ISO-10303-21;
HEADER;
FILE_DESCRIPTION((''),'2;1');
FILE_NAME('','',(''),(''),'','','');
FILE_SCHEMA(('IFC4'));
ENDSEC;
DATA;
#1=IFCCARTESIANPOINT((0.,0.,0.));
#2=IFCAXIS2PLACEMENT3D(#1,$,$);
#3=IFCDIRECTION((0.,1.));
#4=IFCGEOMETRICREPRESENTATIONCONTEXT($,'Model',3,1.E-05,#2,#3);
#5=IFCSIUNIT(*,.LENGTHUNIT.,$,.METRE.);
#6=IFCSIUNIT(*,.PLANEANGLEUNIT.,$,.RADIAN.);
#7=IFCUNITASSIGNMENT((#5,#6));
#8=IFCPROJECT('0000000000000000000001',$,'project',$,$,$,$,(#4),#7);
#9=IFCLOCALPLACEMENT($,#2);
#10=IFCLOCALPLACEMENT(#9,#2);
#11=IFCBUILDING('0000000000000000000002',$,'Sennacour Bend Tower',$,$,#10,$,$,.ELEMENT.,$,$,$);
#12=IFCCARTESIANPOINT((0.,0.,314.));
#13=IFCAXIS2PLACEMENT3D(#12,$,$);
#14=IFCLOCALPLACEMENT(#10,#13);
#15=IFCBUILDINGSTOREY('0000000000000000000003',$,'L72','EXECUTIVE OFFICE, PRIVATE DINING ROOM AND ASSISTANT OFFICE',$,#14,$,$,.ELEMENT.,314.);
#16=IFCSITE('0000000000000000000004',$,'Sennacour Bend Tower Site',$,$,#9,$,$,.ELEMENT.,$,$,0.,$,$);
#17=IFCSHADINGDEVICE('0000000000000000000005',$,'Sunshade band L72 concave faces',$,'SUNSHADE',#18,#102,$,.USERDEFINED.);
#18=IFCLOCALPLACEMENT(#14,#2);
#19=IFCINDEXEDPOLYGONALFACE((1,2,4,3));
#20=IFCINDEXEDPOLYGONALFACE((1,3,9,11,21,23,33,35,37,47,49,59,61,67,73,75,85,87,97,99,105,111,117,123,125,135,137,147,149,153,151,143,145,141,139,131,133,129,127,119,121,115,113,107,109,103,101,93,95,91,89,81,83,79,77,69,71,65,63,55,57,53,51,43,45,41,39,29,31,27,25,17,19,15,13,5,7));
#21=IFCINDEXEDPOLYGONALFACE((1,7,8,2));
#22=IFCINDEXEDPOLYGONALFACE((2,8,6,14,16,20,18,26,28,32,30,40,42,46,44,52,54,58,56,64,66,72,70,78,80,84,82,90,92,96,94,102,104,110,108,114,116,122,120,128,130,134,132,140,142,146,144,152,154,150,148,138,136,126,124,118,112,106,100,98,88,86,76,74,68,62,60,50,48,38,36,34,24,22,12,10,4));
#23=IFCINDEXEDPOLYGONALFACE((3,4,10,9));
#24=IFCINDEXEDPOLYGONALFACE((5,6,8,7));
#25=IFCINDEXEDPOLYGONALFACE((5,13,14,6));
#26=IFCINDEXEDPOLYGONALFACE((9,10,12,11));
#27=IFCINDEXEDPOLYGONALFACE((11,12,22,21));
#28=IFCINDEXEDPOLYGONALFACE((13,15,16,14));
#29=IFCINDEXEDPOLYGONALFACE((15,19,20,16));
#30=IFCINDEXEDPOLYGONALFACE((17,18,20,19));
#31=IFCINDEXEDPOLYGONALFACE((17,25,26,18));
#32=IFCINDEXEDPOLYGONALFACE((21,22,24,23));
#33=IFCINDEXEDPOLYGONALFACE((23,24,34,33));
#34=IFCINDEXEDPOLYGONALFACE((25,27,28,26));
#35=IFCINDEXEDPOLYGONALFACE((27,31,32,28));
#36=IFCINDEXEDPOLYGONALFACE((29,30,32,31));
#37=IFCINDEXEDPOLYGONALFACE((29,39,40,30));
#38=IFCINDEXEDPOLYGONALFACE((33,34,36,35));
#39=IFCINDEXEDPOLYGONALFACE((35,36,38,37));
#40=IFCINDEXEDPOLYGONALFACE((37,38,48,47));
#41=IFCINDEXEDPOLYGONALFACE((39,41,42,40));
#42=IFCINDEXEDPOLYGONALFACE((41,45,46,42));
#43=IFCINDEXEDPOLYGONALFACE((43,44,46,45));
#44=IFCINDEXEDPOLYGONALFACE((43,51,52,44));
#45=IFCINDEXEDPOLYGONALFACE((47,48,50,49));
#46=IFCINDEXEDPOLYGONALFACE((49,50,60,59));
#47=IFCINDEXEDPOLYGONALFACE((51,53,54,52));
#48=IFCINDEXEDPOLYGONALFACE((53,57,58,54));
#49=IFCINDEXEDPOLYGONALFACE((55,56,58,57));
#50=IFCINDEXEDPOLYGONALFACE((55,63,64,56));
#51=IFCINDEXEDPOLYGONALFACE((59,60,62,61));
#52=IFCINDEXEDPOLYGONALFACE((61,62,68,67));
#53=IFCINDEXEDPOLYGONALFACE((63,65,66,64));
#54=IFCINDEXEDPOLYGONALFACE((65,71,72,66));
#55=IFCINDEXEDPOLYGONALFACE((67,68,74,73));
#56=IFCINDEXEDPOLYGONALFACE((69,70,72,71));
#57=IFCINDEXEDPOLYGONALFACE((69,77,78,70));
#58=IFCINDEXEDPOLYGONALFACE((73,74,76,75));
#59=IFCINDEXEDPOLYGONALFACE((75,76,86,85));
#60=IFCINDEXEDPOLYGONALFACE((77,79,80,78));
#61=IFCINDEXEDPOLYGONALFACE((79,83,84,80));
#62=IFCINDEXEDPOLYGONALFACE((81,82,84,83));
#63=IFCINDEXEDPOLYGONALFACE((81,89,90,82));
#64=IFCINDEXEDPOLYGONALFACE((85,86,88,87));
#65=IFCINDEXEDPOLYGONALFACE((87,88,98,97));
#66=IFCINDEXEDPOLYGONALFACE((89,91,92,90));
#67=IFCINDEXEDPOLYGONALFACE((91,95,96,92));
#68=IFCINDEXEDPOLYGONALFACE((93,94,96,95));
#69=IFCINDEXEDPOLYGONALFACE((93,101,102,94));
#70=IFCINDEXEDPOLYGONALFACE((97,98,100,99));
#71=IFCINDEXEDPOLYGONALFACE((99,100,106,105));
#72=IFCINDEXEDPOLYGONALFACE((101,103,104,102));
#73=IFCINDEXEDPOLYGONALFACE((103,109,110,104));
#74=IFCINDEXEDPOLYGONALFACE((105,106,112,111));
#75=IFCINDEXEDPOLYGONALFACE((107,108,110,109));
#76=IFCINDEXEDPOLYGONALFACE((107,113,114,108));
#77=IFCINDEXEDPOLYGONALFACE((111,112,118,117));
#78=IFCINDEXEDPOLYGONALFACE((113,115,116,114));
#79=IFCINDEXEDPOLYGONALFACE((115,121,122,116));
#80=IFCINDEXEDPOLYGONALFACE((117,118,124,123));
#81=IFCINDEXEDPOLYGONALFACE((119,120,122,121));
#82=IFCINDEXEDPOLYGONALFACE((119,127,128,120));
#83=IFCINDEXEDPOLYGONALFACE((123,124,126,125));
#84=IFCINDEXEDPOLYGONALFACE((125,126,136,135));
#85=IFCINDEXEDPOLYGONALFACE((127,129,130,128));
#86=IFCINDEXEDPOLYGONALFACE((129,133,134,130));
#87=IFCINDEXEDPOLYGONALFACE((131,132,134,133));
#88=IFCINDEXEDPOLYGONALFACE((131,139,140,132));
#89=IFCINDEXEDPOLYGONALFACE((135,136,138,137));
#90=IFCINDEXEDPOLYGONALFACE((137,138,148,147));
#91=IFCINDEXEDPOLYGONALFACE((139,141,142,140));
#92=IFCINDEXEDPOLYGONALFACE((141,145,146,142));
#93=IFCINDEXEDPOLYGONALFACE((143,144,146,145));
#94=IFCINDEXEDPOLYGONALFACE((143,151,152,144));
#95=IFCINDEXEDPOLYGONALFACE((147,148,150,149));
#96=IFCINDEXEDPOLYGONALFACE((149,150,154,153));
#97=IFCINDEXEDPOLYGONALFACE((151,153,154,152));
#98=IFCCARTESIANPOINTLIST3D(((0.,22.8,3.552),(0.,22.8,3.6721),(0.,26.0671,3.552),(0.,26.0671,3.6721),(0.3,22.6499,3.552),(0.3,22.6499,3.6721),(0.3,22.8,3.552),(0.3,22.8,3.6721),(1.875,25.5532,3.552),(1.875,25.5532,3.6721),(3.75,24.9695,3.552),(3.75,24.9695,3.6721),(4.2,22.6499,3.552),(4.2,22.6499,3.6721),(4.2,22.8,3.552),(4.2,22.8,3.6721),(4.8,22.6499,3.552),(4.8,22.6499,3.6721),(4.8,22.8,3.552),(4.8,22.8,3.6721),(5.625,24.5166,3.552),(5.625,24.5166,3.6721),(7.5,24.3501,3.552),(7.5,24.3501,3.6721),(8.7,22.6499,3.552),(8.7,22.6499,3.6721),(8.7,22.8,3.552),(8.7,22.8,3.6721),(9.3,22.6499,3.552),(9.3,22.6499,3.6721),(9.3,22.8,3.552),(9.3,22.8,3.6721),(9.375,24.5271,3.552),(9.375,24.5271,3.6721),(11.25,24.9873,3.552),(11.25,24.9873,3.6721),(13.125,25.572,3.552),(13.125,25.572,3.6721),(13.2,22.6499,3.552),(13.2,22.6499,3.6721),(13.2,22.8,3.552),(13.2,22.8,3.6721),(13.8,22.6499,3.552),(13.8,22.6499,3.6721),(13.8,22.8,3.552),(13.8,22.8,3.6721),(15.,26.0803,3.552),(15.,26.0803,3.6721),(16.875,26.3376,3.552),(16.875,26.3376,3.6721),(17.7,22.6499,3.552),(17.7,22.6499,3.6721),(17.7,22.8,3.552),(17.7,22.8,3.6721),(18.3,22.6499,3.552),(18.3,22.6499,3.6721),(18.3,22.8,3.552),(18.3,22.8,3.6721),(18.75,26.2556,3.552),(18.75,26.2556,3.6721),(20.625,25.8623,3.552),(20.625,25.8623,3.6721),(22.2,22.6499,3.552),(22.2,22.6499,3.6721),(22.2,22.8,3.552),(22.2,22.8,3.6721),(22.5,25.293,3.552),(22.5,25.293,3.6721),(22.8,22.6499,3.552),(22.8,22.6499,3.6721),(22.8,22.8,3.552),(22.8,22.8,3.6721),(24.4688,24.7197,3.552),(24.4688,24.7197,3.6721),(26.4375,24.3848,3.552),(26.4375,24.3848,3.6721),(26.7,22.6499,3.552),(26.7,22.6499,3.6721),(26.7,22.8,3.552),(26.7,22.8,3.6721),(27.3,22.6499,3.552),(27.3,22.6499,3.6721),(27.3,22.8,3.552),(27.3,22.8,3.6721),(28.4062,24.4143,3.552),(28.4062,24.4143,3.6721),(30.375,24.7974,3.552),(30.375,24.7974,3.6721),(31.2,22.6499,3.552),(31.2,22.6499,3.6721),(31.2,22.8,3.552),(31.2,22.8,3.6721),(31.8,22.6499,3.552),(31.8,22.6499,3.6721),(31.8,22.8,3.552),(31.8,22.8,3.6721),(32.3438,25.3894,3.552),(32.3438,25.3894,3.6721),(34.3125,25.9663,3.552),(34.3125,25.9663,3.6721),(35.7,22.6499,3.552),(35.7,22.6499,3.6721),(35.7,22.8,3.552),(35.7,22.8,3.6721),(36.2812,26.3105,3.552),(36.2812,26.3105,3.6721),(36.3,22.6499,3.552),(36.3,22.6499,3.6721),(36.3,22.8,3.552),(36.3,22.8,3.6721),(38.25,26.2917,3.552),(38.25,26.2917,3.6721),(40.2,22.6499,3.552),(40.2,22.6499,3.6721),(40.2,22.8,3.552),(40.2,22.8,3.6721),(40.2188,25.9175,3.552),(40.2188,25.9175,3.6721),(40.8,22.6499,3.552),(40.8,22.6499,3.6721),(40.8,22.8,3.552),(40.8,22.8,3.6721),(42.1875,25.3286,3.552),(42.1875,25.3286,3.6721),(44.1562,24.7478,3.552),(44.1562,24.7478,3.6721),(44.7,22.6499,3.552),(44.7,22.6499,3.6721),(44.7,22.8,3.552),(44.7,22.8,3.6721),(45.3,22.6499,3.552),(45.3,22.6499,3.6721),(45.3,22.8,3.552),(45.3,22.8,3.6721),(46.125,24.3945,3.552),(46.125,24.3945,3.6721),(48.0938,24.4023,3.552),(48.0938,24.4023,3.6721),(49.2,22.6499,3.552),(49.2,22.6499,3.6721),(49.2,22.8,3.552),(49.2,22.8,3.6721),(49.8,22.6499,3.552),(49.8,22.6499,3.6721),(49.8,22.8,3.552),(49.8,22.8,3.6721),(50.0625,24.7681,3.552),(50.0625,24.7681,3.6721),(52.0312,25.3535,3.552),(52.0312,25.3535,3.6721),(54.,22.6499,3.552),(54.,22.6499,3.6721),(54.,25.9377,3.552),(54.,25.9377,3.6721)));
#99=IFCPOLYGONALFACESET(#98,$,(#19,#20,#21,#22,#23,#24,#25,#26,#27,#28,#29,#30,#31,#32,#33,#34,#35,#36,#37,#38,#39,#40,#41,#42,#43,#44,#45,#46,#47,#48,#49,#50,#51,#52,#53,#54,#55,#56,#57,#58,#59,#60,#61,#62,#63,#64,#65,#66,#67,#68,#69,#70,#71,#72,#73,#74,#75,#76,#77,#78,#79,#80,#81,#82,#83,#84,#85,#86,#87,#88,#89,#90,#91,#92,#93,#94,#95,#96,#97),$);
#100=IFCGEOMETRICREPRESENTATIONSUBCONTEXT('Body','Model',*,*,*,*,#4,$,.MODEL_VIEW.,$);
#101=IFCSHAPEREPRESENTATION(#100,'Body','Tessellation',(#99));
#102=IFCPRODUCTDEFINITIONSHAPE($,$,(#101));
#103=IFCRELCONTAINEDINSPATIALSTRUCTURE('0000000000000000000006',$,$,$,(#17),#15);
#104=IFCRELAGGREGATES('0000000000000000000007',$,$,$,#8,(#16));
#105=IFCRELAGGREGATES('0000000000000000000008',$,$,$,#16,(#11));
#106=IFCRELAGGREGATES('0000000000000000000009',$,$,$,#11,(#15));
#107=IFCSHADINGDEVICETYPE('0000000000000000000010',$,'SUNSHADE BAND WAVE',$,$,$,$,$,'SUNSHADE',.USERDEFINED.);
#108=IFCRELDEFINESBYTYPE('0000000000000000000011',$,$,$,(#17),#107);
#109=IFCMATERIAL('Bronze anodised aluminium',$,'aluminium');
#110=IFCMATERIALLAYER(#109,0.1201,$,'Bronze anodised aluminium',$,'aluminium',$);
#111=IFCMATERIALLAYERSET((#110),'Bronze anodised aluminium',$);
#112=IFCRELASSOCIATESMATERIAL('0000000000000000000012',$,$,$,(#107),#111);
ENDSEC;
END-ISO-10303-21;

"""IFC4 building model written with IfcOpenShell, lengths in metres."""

from ifc_helpers import new_model, si_unit, direction, frame, origin, place, context, subcontext, project, spatial, polyline, outline, extrude, material, layer, layer_set, type_object, element, save


model = new_model("IFC4")

# Units and contexts
model_context = context("Model", 3, precision=1e-05, world=origin(), true_north=direction((0.0, 1.0)))
body_context = subcontext(model_context, "Body", "Model", "MODEL_VIEW")
ifc_project = project(units=[si_unit("LENGTHUNIT", "METRE"), si_unit("PLANEANGLEUNIT", "RADIAN")], contexts=[model_context])

# Site, building, storey
site_placement = place(None, origin())
site = spatial("IfcSite", under=ifc_project, at=site_placement, Name="Sennacour Bend Tower Site", CompositionType="ELEMENT", RefElevation=0.0)
building_placement = place(site_placement, origin())
building = spatial("IfcBuilding", under=site, at=building_placement, Name="Sennacour Bend Tower", CompositionType="ELEMENT")
storey_placement = place(building_placement, frame((0.0, 0.0, 314.0)))
storey = spatial("IfcBuildingStorey", under=building, at=storey_placement, Name="L72", Description="EXECUTIVE OFFICE, PRIVATE DINING ROOM AND ASSISTANT OFFICE", CompositionType="ELEMENT", Elevation=314.0)

# Shading device
ifc_material_1 = material(Name="Bronze anodised aluminium", Category="aluminium")
ifc_layer_1 = layer(ifc_material_1, 0.1201, Name="Bronze anodised aluminium", Category="aluminium")
ifc_layer_set_1 = layer_set([ifc_layer_1], Name="Bronze anodised aluminium")
shading_device_type_1 = type_object("IfcShadingDeviceType", Name="SUNSHADE BAND WAVE", ElementType="SUNSHADE", PredefinedType="USERDEFINED", material=ifc_layer_set_1)
shading_device_1_placement = place(storey_placement, frame((0.0, 0.0, 3.552)))
element("IfcShadingDevice", 1, at=shading_device_1_placement, inside=storey, type_object=shading_device_type_1, Name="Sunshade band L72 concave faces", ObjectType="SUNSHADE", PredefinedType="USERDEFINED", context=body_context, shape_type="SweptSolid", body=[
    extrude(outline(polyline([(54.0, 22.6499), (49.8, 22.6499), (49.8, 22.8), (49.2, 22.8), (49.2, 22.6499), (45.3, 22.6499), (45.3, 22.8), (44.7, 22.8), (44.7, 22.6499), (40.8, 22.6499), (40.8, 22.8), (40.2, 22.8), (40.2, 22.6499), (36.3, 22.6499), (36.3, 22.8), (35.7, 22.8), (35.7, 22.6499), (31.8, 22.6499), (31.8, 22.8), (31.2, 22.8), (31.2, 22.6499), (27.3, 22.6499), (27.3, 22.8), (26.7, 22.8), (26.7, 22.6499), (22.8, 22.6499), (22.8, 22.8), (22.2, 22.8), (22.2, 22.6499), (18.3, 22.6499), (18.3, 22.8), (17.7, 22.8), (17.7, 22.6499), (13.8, 22.6499), (13.8, 22.8), (13.2, 22.8), (13.2, 22.6499), (9.3, 22.6499), (9.3, 22.8), (8.7, 22.8), (8.7, 22.6499), (4.8, 22.6499), (4.8, 22.8), (4.2, 22.8), (4.2, 22.6499), (0.3, 22.6499), (0.3, 22.8), (0.0, 22.8), (0.0, 26.0671), (1.875, 25.5532), (3.75, 24.9695), (5.625, 24.5166), (7.5, 24.3501), (9.375, 24.5271), (11.25, 24.9873), (13.125, 25.572), (15.0, 26.0803), (16.875, 26.3376), (18.75, 26.2556), (20.625, 25.8623), (22.5, 25.293), (24.4688, 24.7197), (26.4375, 24.3848), (28.4062, 24.4143), (30.375, 24.7974), (32.3438, 25.3894), (34.3125, 25.9663), (36.2812, 26.3105), (38.25, 26.2917), (40.2188, 25.9175), (42.1875, 25.3286), (44.1562, 24.7478), (46.125, 24.3945), (48.0938, 24.4023), (50.0625, 24.7681), (52.0312, 25.3535), (54.0, 25.9377), (54.0, 22.6499)])), origin(), (0.0, 0.0, 1.0), 0.1201),
])

save(model, "model.ifc")
